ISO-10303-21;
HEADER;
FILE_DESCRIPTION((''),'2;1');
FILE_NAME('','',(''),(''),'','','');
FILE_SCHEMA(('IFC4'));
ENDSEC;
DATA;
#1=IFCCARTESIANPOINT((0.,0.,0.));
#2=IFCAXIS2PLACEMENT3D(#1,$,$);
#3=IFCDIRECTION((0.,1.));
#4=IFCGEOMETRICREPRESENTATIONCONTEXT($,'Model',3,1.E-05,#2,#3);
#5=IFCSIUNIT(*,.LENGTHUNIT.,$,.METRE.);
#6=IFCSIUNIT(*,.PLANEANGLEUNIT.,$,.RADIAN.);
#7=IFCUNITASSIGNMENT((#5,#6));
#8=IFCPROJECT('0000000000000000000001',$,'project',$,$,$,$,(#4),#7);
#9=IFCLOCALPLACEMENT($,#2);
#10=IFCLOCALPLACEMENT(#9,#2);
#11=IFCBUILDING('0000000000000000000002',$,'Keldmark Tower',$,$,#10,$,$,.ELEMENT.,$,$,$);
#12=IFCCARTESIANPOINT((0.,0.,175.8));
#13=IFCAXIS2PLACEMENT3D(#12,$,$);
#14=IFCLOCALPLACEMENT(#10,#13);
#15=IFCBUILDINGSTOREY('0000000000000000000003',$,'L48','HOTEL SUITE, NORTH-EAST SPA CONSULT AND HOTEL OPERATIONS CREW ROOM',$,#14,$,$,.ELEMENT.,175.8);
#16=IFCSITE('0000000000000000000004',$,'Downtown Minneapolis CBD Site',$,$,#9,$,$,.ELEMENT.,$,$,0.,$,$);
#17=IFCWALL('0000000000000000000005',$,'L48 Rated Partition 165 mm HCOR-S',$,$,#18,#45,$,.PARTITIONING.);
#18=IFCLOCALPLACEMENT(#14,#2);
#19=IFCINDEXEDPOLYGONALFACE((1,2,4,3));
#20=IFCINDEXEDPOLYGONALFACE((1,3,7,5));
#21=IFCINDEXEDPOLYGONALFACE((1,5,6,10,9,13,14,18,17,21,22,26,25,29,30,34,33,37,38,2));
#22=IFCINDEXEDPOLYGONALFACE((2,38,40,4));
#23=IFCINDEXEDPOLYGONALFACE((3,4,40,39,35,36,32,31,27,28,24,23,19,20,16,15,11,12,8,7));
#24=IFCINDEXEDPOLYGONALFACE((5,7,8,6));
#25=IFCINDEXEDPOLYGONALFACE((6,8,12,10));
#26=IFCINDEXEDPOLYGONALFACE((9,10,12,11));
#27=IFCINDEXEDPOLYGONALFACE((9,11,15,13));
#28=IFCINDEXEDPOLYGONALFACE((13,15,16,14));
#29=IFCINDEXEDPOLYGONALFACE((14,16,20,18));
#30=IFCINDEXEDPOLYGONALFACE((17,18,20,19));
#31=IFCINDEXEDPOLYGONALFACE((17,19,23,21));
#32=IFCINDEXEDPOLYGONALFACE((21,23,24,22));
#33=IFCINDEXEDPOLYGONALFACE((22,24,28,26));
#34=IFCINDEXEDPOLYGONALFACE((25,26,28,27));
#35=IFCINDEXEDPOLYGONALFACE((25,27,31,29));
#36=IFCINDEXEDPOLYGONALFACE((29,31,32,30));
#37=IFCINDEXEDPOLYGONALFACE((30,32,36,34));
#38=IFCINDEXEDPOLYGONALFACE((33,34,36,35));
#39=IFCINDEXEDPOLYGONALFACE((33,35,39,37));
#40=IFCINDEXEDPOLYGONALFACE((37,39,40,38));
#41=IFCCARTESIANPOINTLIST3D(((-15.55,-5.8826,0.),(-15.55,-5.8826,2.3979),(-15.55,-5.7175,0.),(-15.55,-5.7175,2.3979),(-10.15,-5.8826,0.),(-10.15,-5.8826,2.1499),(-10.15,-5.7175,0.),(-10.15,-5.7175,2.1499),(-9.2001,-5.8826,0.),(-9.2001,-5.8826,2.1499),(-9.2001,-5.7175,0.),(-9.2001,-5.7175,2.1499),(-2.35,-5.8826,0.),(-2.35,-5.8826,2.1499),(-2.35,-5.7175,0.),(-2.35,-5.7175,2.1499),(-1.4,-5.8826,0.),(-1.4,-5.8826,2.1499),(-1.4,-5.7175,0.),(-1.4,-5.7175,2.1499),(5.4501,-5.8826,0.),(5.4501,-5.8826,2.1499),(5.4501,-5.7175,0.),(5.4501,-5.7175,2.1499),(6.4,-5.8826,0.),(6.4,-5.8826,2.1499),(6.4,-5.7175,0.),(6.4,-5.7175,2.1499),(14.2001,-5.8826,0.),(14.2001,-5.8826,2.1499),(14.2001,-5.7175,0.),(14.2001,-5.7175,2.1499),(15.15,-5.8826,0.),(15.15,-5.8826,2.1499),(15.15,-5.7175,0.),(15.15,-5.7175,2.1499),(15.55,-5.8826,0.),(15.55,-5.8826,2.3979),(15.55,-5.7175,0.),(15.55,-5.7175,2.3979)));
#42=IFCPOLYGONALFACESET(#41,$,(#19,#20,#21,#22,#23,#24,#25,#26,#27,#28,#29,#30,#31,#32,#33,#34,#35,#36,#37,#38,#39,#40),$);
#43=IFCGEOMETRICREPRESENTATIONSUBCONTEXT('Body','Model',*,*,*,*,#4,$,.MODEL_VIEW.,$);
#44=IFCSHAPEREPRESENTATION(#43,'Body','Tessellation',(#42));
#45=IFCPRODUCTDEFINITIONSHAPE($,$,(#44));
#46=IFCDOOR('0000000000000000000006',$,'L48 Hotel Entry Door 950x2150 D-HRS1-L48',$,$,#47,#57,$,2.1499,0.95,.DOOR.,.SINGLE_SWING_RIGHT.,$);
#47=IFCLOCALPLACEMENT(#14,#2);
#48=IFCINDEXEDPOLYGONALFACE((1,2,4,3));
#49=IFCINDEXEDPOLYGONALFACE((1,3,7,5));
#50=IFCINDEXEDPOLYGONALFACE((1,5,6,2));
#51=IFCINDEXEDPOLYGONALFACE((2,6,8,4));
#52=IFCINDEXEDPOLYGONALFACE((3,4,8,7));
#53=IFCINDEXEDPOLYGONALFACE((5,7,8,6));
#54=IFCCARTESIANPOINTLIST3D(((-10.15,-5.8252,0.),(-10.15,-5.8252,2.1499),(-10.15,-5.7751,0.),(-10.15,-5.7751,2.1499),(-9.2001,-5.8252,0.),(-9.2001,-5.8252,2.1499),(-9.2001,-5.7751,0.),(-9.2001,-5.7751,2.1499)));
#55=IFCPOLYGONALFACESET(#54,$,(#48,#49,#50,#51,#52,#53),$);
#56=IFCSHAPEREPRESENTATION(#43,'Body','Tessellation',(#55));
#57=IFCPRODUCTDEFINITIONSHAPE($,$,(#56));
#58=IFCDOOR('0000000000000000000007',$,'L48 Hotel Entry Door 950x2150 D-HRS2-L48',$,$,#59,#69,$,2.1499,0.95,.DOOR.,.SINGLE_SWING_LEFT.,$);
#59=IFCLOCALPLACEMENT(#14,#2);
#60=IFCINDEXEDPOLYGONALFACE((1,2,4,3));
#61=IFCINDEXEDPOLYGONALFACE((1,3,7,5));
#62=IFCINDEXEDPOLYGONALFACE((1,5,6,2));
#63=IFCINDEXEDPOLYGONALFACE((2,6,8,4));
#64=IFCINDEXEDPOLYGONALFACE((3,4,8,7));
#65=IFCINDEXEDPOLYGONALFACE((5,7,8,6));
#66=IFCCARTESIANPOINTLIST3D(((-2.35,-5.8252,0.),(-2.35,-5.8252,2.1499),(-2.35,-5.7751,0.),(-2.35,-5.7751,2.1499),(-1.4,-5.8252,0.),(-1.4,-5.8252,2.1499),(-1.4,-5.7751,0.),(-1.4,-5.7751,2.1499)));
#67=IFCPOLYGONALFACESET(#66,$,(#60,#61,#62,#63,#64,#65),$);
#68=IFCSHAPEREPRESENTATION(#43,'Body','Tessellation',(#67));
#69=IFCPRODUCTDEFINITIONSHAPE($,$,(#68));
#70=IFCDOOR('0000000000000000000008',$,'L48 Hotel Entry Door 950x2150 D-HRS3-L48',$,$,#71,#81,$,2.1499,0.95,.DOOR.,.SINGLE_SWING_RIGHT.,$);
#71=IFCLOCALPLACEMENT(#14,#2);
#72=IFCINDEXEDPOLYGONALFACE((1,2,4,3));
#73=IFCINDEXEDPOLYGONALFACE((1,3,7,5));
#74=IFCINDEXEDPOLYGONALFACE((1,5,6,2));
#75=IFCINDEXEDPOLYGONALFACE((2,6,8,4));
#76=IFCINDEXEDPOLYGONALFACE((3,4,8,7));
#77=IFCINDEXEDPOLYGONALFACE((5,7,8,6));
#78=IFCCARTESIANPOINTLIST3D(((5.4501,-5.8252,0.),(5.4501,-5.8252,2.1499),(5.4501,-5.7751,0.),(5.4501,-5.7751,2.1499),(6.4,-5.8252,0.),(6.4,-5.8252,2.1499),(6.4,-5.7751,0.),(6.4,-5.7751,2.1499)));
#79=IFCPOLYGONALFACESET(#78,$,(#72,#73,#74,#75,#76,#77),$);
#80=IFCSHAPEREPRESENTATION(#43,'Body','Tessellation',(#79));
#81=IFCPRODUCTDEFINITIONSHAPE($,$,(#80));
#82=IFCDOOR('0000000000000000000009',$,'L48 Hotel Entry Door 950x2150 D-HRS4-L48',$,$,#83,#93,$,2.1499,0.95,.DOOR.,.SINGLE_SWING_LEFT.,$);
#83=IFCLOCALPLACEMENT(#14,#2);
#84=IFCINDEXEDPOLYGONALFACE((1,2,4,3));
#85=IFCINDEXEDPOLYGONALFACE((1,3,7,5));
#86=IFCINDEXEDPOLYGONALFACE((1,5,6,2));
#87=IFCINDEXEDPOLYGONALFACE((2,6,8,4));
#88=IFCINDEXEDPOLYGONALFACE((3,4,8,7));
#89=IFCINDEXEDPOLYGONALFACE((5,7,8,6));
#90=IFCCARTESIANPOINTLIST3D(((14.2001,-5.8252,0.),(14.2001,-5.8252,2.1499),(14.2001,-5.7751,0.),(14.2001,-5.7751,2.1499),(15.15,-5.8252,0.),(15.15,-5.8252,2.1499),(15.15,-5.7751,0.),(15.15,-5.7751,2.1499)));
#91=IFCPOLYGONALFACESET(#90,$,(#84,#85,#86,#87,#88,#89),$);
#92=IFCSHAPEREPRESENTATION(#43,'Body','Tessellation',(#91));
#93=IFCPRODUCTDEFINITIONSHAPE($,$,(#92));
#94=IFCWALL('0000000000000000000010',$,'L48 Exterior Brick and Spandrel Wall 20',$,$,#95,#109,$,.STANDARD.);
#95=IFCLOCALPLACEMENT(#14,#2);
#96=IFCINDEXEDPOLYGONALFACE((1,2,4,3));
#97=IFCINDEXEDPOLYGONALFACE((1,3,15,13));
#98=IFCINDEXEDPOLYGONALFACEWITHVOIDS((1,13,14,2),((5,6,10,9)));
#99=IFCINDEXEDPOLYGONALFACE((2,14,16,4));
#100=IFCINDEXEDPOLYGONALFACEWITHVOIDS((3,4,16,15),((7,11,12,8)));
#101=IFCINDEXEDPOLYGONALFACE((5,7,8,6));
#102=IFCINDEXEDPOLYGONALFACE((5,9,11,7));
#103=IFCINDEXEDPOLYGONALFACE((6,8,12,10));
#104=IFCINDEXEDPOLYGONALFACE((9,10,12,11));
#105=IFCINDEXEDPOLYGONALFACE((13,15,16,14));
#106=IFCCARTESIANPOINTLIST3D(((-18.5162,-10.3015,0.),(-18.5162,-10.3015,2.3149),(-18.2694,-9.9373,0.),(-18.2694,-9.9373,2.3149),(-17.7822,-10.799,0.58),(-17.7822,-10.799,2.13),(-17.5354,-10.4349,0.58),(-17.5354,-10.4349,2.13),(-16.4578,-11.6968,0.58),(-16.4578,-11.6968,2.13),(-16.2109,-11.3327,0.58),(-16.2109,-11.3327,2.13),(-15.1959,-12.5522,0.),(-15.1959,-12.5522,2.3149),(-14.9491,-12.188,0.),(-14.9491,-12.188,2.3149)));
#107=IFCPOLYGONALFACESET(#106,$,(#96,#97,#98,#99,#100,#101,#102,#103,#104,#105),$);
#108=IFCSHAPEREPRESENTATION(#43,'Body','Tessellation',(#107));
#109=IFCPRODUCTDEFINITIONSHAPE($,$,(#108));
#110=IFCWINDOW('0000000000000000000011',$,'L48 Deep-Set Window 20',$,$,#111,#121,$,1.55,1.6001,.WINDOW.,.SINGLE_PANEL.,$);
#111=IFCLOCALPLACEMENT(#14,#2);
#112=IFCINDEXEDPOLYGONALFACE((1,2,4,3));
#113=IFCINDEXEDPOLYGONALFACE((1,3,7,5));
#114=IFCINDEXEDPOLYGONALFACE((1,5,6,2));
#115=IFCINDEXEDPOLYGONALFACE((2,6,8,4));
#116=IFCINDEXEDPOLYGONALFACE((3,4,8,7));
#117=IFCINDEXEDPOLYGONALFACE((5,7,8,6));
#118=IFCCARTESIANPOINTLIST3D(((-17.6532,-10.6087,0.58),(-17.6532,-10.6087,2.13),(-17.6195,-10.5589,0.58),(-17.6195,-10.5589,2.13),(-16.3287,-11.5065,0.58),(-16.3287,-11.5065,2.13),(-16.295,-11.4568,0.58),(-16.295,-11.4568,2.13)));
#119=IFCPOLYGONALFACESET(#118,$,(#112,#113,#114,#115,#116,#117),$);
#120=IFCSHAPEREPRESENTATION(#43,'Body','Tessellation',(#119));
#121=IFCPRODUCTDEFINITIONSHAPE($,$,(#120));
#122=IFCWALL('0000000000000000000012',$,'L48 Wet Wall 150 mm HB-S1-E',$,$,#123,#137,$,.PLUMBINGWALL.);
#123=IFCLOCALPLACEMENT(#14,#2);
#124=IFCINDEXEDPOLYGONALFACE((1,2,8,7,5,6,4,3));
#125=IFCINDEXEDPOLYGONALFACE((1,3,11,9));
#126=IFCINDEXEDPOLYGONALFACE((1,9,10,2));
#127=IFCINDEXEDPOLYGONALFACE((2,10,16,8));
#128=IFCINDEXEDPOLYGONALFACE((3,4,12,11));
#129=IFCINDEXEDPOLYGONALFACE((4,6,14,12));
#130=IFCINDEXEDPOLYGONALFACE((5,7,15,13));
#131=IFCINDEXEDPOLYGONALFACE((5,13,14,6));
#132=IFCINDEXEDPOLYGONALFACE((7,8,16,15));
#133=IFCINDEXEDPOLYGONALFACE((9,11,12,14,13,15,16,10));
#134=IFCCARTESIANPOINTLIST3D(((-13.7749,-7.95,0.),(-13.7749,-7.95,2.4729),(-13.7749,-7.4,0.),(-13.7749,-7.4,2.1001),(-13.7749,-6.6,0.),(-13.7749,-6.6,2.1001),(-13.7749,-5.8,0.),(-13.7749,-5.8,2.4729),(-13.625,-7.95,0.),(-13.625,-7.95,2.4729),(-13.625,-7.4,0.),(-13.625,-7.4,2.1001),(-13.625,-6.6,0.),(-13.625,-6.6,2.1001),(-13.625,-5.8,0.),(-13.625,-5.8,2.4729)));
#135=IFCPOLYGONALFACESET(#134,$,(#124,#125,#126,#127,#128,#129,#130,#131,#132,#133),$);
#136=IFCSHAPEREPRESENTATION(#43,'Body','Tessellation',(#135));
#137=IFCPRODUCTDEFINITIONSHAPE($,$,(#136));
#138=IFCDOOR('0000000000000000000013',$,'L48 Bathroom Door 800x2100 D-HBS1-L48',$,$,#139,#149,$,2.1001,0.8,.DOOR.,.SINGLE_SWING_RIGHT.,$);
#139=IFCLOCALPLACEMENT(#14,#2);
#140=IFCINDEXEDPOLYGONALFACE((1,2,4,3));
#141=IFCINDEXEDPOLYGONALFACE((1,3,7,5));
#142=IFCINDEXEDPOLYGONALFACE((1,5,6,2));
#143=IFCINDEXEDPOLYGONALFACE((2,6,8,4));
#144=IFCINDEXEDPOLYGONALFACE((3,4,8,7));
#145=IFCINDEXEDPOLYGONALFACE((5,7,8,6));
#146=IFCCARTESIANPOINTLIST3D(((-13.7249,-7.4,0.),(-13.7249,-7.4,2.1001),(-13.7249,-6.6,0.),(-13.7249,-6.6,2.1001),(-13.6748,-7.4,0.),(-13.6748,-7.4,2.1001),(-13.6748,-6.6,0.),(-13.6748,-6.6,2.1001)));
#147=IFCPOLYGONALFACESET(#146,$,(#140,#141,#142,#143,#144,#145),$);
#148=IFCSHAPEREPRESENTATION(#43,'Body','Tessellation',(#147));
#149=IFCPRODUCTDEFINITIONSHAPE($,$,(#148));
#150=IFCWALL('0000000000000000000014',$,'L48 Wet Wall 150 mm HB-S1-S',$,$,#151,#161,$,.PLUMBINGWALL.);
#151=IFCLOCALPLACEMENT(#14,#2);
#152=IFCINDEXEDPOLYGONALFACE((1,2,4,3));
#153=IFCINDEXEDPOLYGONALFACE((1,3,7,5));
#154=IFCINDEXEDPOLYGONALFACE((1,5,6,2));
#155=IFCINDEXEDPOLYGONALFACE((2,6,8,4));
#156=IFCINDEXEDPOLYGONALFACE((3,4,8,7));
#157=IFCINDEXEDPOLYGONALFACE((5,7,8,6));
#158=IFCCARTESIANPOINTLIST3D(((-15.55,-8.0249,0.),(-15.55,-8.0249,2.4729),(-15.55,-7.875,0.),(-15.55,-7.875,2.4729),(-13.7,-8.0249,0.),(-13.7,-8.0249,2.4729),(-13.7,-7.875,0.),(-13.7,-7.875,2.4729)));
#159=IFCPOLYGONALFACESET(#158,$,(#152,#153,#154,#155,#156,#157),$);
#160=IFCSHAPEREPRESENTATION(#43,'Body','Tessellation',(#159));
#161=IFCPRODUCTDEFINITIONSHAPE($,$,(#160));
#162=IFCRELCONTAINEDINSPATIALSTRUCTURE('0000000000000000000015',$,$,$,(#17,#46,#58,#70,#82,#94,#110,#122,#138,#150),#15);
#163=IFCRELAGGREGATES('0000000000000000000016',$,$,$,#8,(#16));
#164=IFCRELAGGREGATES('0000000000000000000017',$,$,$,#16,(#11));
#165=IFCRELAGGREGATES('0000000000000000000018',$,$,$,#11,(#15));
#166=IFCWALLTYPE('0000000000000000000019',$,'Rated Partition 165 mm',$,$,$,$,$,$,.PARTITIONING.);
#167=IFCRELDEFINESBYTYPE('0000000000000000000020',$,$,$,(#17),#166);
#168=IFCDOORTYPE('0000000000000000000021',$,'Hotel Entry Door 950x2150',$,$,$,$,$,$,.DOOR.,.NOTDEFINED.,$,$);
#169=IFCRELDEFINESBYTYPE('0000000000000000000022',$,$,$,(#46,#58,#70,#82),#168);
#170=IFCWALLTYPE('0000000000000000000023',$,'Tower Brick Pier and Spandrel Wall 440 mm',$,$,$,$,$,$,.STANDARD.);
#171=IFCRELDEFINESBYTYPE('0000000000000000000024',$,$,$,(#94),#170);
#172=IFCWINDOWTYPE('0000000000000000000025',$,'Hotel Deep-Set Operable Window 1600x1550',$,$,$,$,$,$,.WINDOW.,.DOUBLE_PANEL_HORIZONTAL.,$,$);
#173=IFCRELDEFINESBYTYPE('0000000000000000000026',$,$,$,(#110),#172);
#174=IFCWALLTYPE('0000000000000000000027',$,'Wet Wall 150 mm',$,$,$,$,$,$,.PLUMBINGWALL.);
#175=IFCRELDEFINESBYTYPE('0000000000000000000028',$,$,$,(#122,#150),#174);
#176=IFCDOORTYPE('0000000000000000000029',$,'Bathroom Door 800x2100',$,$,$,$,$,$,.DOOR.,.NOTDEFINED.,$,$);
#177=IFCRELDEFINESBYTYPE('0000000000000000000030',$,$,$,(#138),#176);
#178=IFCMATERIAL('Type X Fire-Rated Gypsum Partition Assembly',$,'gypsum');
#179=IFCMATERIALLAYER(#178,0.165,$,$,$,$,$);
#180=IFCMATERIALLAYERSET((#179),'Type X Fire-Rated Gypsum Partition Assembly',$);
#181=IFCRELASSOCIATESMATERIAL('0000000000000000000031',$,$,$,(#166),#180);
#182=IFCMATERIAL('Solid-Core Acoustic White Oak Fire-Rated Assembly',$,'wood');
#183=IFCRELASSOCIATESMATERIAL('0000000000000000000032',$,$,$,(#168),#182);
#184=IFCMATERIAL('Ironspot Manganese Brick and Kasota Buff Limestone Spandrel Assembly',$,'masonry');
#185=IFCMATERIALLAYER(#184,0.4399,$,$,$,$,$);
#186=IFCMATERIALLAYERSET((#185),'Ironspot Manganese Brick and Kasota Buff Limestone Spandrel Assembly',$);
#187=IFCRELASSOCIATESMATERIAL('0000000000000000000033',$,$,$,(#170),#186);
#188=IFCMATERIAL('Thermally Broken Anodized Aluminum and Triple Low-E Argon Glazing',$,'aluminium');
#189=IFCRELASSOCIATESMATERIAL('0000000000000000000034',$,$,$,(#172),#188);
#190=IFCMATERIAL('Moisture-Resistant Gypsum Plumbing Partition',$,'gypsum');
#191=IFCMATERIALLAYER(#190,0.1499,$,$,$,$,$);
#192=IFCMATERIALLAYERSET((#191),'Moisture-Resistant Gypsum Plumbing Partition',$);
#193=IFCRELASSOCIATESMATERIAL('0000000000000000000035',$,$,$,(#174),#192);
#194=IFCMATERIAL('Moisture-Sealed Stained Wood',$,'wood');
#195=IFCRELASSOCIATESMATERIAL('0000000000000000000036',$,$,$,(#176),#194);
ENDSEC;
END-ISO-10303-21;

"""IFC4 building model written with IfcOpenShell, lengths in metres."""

from ifc_helpers import new_model, si_unit, direction, frame, frame_2d, origin, place, context, subcontext, project, spatial, rectangle, extrude, material, layer, layer_set, type_object, element, fill, save


model = new_model("IFC4")

# Units and contexts
model_context = context("Model", 3, precision=1e-05, world=origin(), true_north=direction((0.0, 1.0)))
body_context = subcontext(model_context, "Body", "Model", "MODEL_VIEW")
ifc_project = project(units=[si_unit("LENGTHUNIT", "METRE"), si_unit("PLANEANGLEUNIT", "RADIAN")], contexts=[model_context])

# Site, building, storey
site_placement = place(None, origin())
site = spatial("IfcSite", under=ifc_project, at=site_placement, Name="Downtown Minneapolis CBD Site", CompositionType="ELEMENT", RefElevation=0.0)
building_placement = place(site_placement, origin())
building = spatial("IfcBuilding", under=site, at=building_placement, Name="Keldmark Tower", CompositionType="ELEMENT")
storey_placement = place(building_placement, frame((0.0, 0.0, 175.8)))
storey = spatial("IfcBuildingStorey", under=building, at=storey_placement, Name="L48", Description="HOTEL SUITE, NORTH-EAST SPA CONSULT AND HOTEL OPERATIONS CREW ROOM", CompositionType="ELEMENT", Elevation=175.8)

# Wall, openings, doors
ifc_material_1 = material(Name="Type X Fire-Rated Gypsum Partition Assembly", Category="gypsum")
ifc_layer_1 = layer(ifc_material_1, 0.165)
ifc_layer_set_1 = layer_set([ifc_layer_1], Name="Type X Fire-Rated Gypsum Partition Assembly")
wall_type_1 = type_object("IfcWallType", Name="Rated Partition 165 mm", PredefinedType="PARTITIONING", material=ifc_layer_set_1)
wall_1_placement = place(storey_placement, frame((-15.55, -5.8, 0.0), z_axis=(0.0, 0.0, 1.0), x_axis=(1.0, 0.0, 0.0)))
wall_1 = element("IfcWall", 1, at=wall_1_placement, inside=storey, type_object=wall_type_1, Name="L48 Rated Partition 165 mm HCOR-S", PredefinedType="PARTITIONING", context=body_context, shape_type="SweptSolid", body=[
    extrude(rectangle(XDim=31.1001, YDim=0.165, at=frame_2d((15.55, 0.0))), origin(), (0.0, 0.0, 1.0), 2.3979),
])
opening_1_placement = place(wall_1_placement, frame((5.3999, 0.0, 0.0)))
opening_1 = element("IfcOpeningElement", 2, at=opening_1_placement, cuts=wall_1, PredefinedType="OPENING", context=body_context, shape_type="SweptSolid", body=[
    extrude(rectangle(XDim=0.95, YDim=2.1499, at=frame_2d((0.4751, 1.075))), frame((0.0, 0.0925, 0.0), z_axis=(0.0, -1.0, 0.0), x_axis=(1.0, 0.0, 0.0)), (0.0, 0.0, 1.0), 0.1851),
])
opening_2_placement = place(wall_1_placement, frame((13.2, 0.0, 0.0)))
opening_2 = element("IfcOpeningElement", 3, at=opening_2_placement, cuts=wall_1, PredefinedType="OPENING", context=body_context, shape_type="SweptSolid", body=[
    extrude(rectangle(XDim=0.95, YDim=2.1499, at=frame_2d((0.4751, 1.075))), frame((0.0, 0.0925, 0.0), z_axis=(0.0, -1.0, 0.0), x_axis=(1.0, 0.0, 0.0)), (0.0, 0.0, 1.0), 0.1851),
])
opening_3_placement = place(wall_1_placement, frame((21.0, 0.0, 0.0)))
opening_3 = element("IfcOpeningElement", 4, at=opening_3_placement, cuts=wall_1, PredefinedType="OPENING", context=body_context, shape_type="SweptSolid", body=[
    extrude(rectangle(XDim=0.95, YDim=2.1499, at=frame_2d((0.4751, 1.075))), frame((0.0, 0.0925, 0.0), z_axis=(0.0, -1.0, 0.0), x_axis=(1.0, 0.0, 0.0)), (0.0, 0.0, 1.0), 0.1851),
])
opening_4_placement = place(wall_1_placement, frame((29.75, 0.0, 0.0)))
opening_4 = element("IfcOpeningElement", 5, at=opening_4_placement, cuts=wall_1, PredefinedType="OPENING", context=body_context, shape_type="SweptSolid", body=[
    extrude(rectangle(XDim=0.95, YDim=2.1499, at=frame_2d((0.4751, 1.075))), frame((0.0, 0.0925, 0.0), z_axis=(0.0, -1.0, 0.0), x_axis=(1.0, 0.0, 0.0)), (0.0, 0.0, 1.0), 0.1851),
])
ifc_material_2 = material(Name="Solid-Core Acoustic White Oak Fire-Rated Assembly", Category="wood")
door_type_1 = type_object("IfcDoorType", Name="Hotel Entry Door 950x2150", OperationType="NOTDEFINED", PredefinedType="DOOR", material=ifc_material_2)
door_1_placement = place(opening_1_placement, origin())
door_1 = element("IfcDoor", 6, at=door_1_placement, inside=storey, type_object=door_type_1, Name="L48 Hotel Entry Door 950x2150 D-HRS1-L48", OperationType="SINGLE_SWING_RIGHT", OverallHeight=2.1499, OverallWidth=0.95, PredefinedType="DOOR", context=body_context, shape_type="SweptSolid", body=[
    extrude(rectangle(XDim=0.95, YDim=2.1499, at=frame_2d((0.4751, 1.075))), frame((0.0, 0.0249, 0.0), z_axis=(0.0, -1.0, 0.0), x_axis=(1.0, 0.0, 0.0)), (0.0, 0.0, 1.0), 0.05),
])
fill(opening_1, door_1)
door_2_placement = place(opening_2_placement, origin())
door_2 = element("IfcDoor", 7, at=door_2_placement, inside=storey, type_object=door_type_1, Name="L48 Hotel Entry Door 950x2150 D-HRS2-L48", OperationType="SINGLE_SWING_LEFT", OverallHeight=2.1499, OverallWidth=0.95, PredefinedType="DOOR", context=body_context, shape_type="SweptSolid", body=[
    extrude(rectangle(XDim=0.95, YDim=2.1499, at=frame_2d((0.4751, 1.075))), frame((0.0, 0.0249, 0.0), z_axis=(0.0, -1.0, 0.0), x_axis=(1.0, 0.0, 0.0)), (0.0, 0.0, 1.0), 0.05),
])
fill(opening_2, door_2)
door_3_placement = place(opening_3_placement, origin())
door_3 = element("IfcDoor", 8, at=door_3_placement, inside=storey, type_object=door_type_1, Name="L48 Hotel Entry Door 950x2150 D-HRS3-L48", OperationType="SINGLE_SWING_RIGHT", OverallHeight=2.1499, OverallWidth=0.95, PredefinedType="DOOR", context=body_context, shape_type="SweptSolid", body=[
    extrude(rectangle(XDim=0.95, YDim=2.1499, at=frame_2d((0.4751, 1.075))), frame((0.0, 0.0249, 0.0), z_axis=(0.0, -1.0, 0.0), x_axis=(1.0, 0.0, 0.0)), (0.0, 0.0, 1.0), 0.05),
])
fill(opening_3, door_3)
door_4_placement = place(opening_4_placement, origin())
door_4 = element("IfcDoor", 9, at=door_4_placement, inside=storey, type_object=door_type_1, Name="L48 Hotel Entry Door 950x2150 D-HRS4-L48", OperationType="SINGLE_SWING_LEFT", OverallHeight=2.1499, OverallWidth=0.95, PredefinedType="DOOR", context=body_context, shape_type="SweptSolid", body=[
    extrude(rectangle(XDim=0.95, YDim=2.1499, at=frame_2d((0.4751, 1.075))), frame((0.0, 0.0249, 0.0), z_axis=(0.0, -1.0, 0.0), x_axis=(1.0, 0.0, 0.0)), (0.0, 0.0, 1.0), 0.05),
])
fill(opening_4, door_4)

# Wall, opening, window
ifc_material_3 = material(Name="Ironspot Manganese Brick and Kasota Buff Limestone Spandrel Assembly", Category="masonry")
ifc_layer_2 = layer(ifc_material_3, 0.4399)
ifc_layer_set_2 = layer_set([ifc_layer_2], Name="Ironspot Manganese Brick and Kasota Buff Limestone Spandrel Assembly")
wall_type_2 = type_object("IfcWallType", Name="Tower Brick Pier and Spandrel Wall 440 mm", PredefinedType="STANDARD", material=ifc_layer_set_2)
wall_2_placement = place(storey_placement, frame((-15.0725, -12.3701, 0.0), z_axis=(0.0, 0.0, 1.0), x_axis=(-0.827746, 0.561102, 0.0)))
wall_2 = element("IfcWall", 10, at=wall_2_placement, inside=storey, type_object=wall_type_2, Name="L48 Exterior Brick and Spandrel Wall 20", PredefinedType="STANDARD", context=body_context, shape_type="SweptSolid", body=[
    extrude(rectangle(XDim=4.0112, YDim=0.4399, at=frame_2d((2.0056, 0.0))), origin(), (0.0, 0.0, 1.0), 2.3149),
])
opening_5_placement = place(wall_2_placement, frame((1.5244, 0.0, 0.5801)))
opening_5 = element("IfcOpeningElement", 11, at=opening_5_placement, cuts=wall_2, PredefinedType="OPENING", context=body_context, shape_type="SweptSolid", body=[
    extrude(rectangle(XDim=1.6001, YDim=1.55, at=frame_2d((0.8, 0.7749))), frame((0.0, 0.23, 0.0), z_axis=(0.0, -1.0, 0.0), x_axis=(1.0, 0.0, 0.0)), (0.0, 0.0, 1.0), 0.46),
])
ifc_material_4 = material(Name="Thermally Broken Anodized Aluminum and Triple Low-E Argon Glazing", Category="aluminium")
window_type = type_object("IfcWindowType", Name="Hotel Deep-Set Operable Window 1600x1550", PartitioningType="DOUBLE_PANEL_HORIZONTAL", PredefinedType="WINDOW", material=ifc_material_4)
window_placement = place(opening_5_placement, origin())
window = element("IfcWindow", 12, at=window_placement, inside=storey, type_object=window_type, Name="L48 Deep-Set Window 20", OverallHeight=1.55, OverallWidth=1.6001, PartitioningType="SINGLE_PANEL", PredefinedType="WINDOW", context=body_context, shape_type="SweptSolid", body=[
    extrude(rectangle(XDim=1.6001, YDim=1.55, at=frame_2d((0.8, 0.7749))), frame((0.0, -0.01, 0.0), z_axis=(0.0, -1.0, 0.0), x_axis=(1.0, 0.0, 0.0)), (0.0, 0.0, 1.0), 0.0601),
])
fill(opening_5, window)

# Wall, opening, door
ifc_material_5 = material(Name="Moisture-Resistant Gypsum Plumbing Partition", Category="gypsum")
ifc_layer_3 = layer(ifc_material_5, 0.1499)
ifc_layer_set_3 = layer_set([ifc_layer_3], Name="Moisture-Resistant Gypsum Plumbing Partition")
wall_type_3 = type_object("IfcWallType", Name="Wet Wall 150 mm", PredefinedType="PLUMBINGWALL", material=ifc_layer_set_3)
wall_3_placement = place(storey_placement, frame((-13.7, -7.95, 0.0), z_axis=(0.0, 0.0, 1.0), x_axis=(0.0, 1.0, 0.0)))
wall_3 = element("IfcWall", 13, at=wall_3_placement, inside=storey, type_object=wall_type_3, Name="L48 Wet Wall 150 mm HB-S1-E", PredefinedType="PLUMBINGWALL", context=body_context, shape_type="SweptSolid", body=[
    extrude(rectangle(XDim=2.1499, YDim=0.1499, at=frame_2d((1.075, 0.0))), origin(), (0.0, 0.0, 1.0), 2.4729),
])
opening_6_placement = place(wall_3_placement, frame((0.55, 0.0, 0.0)))
opening_6 = element("IfcOpeningElement", 14, at=opening_6_placement, cuts=wall_3, PredefinedType="OPENING", context=body_context, shape_type="SweptSolid", body=[
    extrude(rectangle(XDim=0.8, YDim=2.1001, at=frame_2d((0.3999, 1.05))), frame((0.0, 0.085, 0.0), z_axis=(0.0, -1.0, 0.0), x_axis=(1.0, 0.0, 0.0)), (0.0, 0.0, 1.0), 0.1699),
])
ifc_material_6 = material(Name="Moisture-Sealed Stained Wood", Category="wood")
door_type_2 = type_object("IfcDoorType", Name="Bathroom Door 800x2100", OperationType="NOTDEFINED", PredefinedType="DOOR", material=ifc_material_6)
door_5_placement = place(opening_6_placement, origin())
door_5 = element("IfcDoor", 15, at=door_5_placement, inside=storey, type_object=door_type_2, Name="L48 Bathroom Door 800x2100 D-HBS1-L48", OperationType="SINGLE_SWING_RIGHT", OverallHeight=2.1001, OverallWidth=0.8, PredefinedType="DOOR", context=body_context, shape_type="SweptSolid", body=[
    extrude(rectangle(XDim=0.8, YDim=2.1001, at=frame_2d((0.3999, 1.05))), frame((0.0, 0.0249, 0.0), z_axis=(0.0, -1.0, 0.0), x_axis=(1.0, 0.0, 0.0)), (0.0, 0.0, 1.0), 0.05),
])
fill(opening_6, door_5)

# Wall
wall_4_placement = place(storey_placement, frame((-15.55, -7.95, 0.0), z_axis=(0.0, 0.0, 1.0), x_axis=(1.0, 0.0, 0.0)))
element("IfcWall", 16, at=wall_4_placement, inside=storey, type_object=wall_type_3, Name="L48 Wet Wall 150 mm HB-S1-S", PredefinedType="PLUMBINGWALL", context=body_context, shape_type="SweptSolid", body=[
    extrude(rectangle(XDim=1.8501, YDim=0.1499, at=frame_2d((0.925, 0.0))), origin(), (0.0, 0.0, 1.0), 2.4729),
])

save(model, "model.ifc")
